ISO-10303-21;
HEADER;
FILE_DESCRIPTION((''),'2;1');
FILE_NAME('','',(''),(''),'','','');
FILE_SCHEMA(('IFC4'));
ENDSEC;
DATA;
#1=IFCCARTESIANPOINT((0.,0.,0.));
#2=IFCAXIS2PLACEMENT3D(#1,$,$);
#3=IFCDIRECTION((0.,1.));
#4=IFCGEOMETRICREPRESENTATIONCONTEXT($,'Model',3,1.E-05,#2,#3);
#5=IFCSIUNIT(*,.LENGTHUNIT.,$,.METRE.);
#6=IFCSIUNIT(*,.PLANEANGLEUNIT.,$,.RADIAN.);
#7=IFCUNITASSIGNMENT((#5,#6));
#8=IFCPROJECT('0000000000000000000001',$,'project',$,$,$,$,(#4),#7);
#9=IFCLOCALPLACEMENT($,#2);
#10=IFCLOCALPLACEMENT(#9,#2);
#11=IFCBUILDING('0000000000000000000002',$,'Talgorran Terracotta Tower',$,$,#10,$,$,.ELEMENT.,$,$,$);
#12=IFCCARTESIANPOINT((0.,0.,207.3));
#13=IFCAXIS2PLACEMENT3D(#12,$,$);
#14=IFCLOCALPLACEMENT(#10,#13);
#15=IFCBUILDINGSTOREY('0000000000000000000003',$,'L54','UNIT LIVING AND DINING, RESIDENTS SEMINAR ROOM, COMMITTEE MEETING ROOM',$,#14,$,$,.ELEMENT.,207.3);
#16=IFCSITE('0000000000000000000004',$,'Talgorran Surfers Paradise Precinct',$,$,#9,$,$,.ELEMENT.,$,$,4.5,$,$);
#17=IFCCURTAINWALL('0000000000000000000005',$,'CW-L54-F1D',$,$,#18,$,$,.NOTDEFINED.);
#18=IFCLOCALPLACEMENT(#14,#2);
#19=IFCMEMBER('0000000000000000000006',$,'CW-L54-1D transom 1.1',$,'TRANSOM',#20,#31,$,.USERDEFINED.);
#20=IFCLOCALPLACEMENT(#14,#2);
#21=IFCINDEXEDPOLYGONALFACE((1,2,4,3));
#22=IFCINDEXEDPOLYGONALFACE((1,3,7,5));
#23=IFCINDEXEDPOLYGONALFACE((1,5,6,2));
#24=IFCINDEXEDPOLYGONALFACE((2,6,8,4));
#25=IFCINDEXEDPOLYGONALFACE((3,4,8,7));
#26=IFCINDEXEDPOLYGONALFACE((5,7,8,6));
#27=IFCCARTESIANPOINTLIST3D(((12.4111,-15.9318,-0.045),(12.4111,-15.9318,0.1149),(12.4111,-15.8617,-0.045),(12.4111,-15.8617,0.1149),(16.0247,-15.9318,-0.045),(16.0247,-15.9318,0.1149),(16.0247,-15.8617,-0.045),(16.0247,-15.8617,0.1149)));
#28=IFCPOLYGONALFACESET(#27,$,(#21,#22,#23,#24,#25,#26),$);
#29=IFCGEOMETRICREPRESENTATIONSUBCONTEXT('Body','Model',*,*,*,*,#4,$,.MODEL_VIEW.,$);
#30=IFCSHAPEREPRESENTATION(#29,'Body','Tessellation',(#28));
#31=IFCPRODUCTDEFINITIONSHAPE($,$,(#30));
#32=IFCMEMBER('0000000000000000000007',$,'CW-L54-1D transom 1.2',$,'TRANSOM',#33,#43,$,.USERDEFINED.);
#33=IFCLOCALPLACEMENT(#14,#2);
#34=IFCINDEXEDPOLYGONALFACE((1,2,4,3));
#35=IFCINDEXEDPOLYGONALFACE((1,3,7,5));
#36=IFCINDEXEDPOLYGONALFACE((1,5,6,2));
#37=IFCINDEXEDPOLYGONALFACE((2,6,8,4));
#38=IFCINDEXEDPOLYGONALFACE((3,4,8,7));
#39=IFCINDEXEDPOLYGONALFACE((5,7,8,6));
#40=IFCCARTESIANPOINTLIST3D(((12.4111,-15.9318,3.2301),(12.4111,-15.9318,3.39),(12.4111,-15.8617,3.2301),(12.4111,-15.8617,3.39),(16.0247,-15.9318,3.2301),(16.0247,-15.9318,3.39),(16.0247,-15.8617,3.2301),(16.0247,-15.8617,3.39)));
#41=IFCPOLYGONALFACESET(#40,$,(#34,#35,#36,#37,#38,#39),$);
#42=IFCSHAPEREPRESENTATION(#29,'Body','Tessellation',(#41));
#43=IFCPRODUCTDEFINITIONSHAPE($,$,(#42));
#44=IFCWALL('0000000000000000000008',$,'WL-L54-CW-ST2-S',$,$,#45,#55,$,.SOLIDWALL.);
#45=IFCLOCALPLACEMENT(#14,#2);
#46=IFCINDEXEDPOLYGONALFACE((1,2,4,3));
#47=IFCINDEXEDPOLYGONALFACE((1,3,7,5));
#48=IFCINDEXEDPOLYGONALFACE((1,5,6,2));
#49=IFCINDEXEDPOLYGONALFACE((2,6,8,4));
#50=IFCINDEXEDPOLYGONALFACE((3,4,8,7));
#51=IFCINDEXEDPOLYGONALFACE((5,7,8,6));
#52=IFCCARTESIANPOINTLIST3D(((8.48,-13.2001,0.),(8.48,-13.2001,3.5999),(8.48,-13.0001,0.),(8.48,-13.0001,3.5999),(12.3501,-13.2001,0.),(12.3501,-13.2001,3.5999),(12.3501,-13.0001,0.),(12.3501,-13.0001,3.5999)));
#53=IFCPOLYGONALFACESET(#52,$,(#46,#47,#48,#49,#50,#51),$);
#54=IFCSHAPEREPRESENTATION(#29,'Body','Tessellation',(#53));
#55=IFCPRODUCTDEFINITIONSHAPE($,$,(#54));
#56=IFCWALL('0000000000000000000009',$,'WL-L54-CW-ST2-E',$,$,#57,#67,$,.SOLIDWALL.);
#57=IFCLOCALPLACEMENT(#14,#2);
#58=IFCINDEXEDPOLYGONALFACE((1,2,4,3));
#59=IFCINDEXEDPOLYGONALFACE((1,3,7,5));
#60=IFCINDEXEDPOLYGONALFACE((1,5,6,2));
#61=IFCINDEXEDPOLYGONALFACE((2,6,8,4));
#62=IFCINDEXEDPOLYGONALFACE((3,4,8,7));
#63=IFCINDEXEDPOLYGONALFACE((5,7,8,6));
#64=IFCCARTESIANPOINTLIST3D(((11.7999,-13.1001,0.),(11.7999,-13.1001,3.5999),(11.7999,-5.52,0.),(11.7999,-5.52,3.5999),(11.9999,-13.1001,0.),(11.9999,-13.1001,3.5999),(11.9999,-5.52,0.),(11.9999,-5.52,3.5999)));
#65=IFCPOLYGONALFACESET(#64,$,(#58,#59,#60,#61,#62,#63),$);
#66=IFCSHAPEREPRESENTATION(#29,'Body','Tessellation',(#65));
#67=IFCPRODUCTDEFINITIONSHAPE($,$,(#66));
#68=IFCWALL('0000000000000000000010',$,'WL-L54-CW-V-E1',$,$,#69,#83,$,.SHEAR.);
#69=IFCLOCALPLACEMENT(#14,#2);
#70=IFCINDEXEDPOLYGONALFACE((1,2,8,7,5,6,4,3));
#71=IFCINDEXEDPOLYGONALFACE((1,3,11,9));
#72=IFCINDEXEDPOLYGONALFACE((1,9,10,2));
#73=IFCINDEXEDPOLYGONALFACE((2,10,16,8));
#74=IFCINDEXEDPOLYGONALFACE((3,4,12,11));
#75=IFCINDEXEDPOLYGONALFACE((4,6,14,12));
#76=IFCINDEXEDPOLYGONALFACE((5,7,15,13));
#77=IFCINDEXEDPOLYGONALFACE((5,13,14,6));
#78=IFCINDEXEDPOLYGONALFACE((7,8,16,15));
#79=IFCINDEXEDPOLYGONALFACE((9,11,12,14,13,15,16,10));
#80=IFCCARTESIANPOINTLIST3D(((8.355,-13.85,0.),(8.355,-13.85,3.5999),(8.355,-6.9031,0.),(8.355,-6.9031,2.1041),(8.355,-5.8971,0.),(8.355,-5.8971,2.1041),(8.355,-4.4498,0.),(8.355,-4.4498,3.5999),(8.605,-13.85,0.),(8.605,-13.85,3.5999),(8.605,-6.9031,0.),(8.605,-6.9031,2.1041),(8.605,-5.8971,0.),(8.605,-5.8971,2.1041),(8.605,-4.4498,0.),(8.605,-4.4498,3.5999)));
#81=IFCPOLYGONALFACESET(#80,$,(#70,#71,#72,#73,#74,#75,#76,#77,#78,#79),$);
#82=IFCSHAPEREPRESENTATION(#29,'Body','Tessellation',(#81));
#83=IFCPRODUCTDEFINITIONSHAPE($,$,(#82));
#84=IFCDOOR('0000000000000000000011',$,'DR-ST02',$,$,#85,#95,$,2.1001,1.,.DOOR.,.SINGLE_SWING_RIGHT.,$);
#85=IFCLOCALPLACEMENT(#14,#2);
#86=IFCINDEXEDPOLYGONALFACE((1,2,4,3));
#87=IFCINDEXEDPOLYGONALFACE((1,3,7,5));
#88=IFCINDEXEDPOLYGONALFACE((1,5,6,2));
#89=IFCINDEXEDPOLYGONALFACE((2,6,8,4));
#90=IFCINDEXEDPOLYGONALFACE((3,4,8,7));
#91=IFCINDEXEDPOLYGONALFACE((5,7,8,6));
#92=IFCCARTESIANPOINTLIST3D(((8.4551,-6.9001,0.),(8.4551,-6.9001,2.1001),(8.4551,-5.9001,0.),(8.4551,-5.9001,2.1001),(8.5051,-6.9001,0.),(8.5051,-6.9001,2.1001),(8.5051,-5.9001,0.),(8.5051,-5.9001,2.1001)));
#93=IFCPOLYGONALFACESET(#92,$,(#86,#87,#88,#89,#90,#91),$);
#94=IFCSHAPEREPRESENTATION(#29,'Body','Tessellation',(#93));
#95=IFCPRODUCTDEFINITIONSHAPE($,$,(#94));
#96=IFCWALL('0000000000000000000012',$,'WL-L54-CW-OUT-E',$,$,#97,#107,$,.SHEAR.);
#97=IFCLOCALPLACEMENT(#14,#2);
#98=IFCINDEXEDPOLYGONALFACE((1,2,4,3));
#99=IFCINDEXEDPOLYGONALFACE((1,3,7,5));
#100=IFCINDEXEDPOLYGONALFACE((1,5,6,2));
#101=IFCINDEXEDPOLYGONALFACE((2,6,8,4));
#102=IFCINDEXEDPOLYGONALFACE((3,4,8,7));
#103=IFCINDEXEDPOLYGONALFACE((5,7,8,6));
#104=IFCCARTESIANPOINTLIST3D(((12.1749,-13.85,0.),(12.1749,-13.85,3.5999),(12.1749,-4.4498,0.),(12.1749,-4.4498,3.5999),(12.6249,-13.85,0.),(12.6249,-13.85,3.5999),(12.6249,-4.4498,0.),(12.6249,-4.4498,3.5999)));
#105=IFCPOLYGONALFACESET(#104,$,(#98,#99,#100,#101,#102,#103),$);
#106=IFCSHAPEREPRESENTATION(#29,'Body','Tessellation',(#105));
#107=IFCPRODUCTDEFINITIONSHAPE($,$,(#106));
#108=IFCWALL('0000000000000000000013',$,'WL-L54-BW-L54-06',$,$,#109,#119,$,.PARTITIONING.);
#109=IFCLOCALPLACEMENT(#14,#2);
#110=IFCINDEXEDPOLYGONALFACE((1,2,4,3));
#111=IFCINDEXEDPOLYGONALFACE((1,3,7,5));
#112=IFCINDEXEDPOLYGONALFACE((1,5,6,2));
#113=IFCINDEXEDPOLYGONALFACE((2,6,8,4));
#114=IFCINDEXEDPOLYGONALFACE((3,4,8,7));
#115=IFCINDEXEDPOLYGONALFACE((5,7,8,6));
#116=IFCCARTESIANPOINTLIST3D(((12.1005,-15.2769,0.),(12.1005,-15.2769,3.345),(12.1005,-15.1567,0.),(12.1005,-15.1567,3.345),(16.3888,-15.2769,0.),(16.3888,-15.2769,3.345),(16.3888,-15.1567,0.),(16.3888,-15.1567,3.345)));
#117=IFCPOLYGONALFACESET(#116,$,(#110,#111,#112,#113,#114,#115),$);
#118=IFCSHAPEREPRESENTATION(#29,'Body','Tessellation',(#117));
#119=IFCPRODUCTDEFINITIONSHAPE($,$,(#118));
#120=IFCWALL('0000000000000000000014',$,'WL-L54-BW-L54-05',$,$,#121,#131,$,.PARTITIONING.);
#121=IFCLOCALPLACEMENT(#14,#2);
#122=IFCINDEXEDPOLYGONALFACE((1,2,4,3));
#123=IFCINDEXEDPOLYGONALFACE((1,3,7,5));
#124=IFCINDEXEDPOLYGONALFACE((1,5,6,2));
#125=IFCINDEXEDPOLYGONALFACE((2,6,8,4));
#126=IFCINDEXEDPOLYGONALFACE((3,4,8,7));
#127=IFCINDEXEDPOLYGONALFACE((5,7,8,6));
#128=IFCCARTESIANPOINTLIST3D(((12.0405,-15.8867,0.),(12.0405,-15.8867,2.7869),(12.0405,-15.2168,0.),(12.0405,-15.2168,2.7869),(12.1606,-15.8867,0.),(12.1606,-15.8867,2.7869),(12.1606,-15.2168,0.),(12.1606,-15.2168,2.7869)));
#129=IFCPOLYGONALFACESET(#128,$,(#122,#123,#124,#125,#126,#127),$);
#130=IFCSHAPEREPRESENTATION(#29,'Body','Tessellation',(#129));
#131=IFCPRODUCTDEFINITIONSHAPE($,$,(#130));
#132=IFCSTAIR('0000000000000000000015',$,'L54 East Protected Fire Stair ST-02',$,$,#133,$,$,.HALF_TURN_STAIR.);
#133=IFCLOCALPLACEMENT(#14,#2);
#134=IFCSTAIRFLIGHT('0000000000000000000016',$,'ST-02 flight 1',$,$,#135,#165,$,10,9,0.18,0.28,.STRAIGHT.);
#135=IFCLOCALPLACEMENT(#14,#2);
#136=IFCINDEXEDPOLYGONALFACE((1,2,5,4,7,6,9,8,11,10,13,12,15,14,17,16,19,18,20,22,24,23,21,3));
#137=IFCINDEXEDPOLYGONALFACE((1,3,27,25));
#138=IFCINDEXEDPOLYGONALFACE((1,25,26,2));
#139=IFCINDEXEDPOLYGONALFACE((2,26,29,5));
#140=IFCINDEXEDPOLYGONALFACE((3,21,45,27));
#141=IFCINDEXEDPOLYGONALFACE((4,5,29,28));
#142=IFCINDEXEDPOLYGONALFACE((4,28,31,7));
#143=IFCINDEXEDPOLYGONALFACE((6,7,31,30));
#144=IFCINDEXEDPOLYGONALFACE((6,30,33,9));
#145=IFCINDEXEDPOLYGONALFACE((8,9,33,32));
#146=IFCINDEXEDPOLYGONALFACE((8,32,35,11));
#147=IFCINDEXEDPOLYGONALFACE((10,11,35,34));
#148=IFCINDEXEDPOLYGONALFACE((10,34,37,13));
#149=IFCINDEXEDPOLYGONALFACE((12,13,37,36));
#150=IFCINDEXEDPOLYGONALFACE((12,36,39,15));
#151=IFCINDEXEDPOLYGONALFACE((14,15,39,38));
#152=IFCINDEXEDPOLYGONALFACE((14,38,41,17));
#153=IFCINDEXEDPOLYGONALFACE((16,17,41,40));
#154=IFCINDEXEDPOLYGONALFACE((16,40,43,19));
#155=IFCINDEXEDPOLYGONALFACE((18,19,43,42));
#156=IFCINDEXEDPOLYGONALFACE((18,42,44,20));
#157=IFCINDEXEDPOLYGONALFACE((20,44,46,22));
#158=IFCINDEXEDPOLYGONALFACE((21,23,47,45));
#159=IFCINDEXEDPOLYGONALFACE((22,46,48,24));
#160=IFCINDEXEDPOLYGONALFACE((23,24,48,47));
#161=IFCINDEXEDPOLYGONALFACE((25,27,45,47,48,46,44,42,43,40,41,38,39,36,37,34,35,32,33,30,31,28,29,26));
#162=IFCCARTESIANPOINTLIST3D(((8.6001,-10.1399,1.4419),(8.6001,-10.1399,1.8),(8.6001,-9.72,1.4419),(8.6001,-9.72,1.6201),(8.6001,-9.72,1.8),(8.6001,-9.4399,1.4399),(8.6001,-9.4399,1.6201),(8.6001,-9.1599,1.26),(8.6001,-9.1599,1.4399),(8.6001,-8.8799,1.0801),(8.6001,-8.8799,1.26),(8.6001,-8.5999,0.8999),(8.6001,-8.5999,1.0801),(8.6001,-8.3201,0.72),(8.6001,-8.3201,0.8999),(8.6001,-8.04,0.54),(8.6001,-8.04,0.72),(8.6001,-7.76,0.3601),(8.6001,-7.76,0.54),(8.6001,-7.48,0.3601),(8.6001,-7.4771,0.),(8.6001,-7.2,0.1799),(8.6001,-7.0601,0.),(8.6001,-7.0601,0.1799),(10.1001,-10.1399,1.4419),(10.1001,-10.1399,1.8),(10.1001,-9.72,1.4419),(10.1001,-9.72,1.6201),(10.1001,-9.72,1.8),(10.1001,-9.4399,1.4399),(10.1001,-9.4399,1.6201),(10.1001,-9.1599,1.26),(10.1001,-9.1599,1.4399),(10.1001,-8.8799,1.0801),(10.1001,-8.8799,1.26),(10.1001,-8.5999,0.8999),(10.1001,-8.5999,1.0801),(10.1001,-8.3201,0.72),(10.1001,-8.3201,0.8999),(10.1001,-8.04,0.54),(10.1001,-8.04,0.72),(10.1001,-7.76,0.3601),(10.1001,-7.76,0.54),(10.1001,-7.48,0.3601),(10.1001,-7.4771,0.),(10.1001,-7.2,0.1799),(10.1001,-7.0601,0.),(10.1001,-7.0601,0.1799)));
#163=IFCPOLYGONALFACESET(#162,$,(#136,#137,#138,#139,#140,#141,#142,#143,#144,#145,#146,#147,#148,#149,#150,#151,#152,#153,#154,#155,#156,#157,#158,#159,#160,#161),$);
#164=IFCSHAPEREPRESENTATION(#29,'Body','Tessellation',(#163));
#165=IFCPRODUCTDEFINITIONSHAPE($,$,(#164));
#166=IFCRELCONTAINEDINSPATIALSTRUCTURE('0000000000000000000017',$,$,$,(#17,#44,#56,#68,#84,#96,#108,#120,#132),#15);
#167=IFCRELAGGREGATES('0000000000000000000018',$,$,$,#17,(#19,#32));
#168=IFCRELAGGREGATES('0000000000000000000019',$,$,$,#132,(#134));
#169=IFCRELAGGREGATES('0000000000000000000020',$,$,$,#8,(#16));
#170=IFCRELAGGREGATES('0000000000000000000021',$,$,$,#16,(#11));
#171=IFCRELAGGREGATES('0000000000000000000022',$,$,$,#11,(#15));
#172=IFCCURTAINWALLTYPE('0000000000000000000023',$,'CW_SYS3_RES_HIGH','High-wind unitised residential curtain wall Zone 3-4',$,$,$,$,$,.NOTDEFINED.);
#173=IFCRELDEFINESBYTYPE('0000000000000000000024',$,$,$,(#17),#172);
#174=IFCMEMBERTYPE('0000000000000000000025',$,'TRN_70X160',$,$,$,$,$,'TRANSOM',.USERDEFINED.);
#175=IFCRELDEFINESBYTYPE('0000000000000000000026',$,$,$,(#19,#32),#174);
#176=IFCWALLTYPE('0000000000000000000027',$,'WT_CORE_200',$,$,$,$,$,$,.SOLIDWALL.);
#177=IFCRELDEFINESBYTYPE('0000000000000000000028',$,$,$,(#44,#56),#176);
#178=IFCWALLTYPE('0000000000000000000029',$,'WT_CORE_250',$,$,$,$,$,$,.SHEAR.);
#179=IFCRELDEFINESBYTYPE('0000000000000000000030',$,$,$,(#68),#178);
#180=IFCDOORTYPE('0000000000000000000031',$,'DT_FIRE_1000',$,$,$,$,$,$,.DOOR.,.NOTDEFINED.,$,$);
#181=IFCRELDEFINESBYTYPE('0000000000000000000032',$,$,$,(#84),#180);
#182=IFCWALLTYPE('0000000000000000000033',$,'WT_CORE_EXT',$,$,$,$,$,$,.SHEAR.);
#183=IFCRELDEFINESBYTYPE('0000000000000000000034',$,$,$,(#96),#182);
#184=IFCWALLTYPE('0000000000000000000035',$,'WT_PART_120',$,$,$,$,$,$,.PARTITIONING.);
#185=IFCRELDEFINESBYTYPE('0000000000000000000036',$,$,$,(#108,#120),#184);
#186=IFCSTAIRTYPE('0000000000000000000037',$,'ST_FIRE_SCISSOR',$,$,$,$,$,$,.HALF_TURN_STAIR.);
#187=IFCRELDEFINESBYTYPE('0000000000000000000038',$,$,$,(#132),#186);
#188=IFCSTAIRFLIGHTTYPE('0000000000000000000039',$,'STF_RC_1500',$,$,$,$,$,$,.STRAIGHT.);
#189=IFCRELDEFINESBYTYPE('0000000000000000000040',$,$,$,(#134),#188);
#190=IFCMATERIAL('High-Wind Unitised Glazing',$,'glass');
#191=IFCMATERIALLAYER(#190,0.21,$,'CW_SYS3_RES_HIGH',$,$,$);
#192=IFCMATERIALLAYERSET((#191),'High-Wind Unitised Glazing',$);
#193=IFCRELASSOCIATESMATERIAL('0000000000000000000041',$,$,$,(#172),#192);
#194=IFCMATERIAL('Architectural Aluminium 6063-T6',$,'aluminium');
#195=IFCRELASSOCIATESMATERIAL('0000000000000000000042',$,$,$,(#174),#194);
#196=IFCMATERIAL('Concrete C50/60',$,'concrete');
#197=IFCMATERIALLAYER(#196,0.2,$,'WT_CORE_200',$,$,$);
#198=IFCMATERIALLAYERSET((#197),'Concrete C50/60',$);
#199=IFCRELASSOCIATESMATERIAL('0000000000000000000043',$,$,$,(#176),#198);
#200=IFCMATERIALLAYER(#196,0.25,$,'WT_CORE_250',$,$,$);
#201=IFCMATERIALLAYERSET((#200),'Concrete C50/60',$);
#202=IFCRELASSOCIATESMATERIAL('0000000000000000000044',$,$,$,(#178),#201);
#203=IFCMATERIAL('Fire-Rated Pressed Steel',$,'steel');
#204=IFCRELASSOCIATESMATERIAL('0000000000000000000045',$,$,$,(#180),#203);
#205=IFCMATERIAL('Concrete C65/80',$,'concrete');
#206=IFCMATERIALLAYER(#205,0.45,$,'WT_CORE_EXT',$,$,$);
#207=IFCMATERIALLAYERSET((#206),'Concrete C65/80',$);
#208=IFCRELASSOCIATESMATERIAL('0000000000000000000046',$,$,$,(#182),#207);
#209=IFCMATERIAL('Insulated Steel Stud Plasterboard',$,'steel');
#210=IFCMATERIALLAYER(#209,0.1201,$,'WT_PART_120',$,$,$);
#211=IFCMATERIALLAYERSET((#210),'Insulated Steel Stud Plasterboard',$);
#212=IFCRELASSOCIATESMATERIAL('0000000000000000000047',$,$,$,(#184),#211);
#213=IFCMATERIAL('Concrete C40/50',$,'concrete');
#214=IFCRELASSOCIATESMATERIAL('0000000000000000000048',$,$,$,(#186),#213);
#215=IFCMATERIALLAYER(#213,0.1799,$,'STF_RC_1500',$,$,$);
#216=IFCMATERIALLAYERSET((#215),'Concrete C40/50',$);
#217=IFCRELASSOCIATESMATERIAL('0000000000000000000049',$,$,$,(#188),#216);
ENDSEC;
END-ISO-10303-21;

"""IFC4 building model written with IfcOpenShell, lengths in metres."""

from ifc_helpers import new_model, si_unit, direction, frame, frame_2d, origin, origin_2d, place, context, subcontext, project, spatial, polyline, rectangle, outline, extrude, material, layer, layer_set, material_profile, profile_set, type_object, element, fill, aggregate, save


model = new_model("IFC4")

# Units and contexts
model_context = context("Model", 3, precision=1e-05, world=origin(), true_north=direction((0.0, 1.0)))
body_context = subcontext(model_context, "Body", "Model", "MODEL_VIEW")
ifc_project = project(units=[si_unit("LENGTHUNIT", "METRE"), si_unit("PLANEANGLEUNIT", "RADIAN")], contexts=[model_context])

# Site, building, storey
site_placement = place(None, origin())
site = spatial("IfcSite", under=ifc_project, at=site_placement, Name="Talgorran Surfers Paradise Precinct", CompositionType="ELEMENT", RefElevation=4.5)
building_placement = place(site_placement, origin())
building = spatial("IfcBuilding", under=site, at=building_placement, Name="Talgorran Terracotta Tower", CompositionType="ELEMENT")
storey_placement = place(building_placement, frame((0.0, 0.0, 207.3)))
storey = spatial("IfcBuildingStorey", under=building, at=storey_placement, Name="L54", Description="UNIT LIVING AND DINING, RESIDENTS SEMINAR ROOM, COMMITTEE MEETING ROOM", CompositionType="ELEMENT", Elevation=207.3)

# Shared definitions
ifc_material_1 = material(Name="High-Wind Unitised Glazing", Category="glass")
ifc_layer_1 = layer(ifc_material_1, 0.21, Name="CW_SYS3_RES_HIGH")
ifc_layer_set_1 = layer_set([ifc_layer_1], Name="High-Wind Unitised Glazing")
curtain_wall_type = type_object("IfcCurtainWallType", Name="CW_SYS3_RES_HIGH", Description="High-wind unitised residential curtain wall Zone 3-4", PredefinedType="NOTDEFINED", material=ifc_layer_set_1)
ifc_material_2 = material(Name="Architectural Aluminium 6063-T6", Category="aluminium")

# Curtain wall, members
curtain_wall_1_placement = place(storey_placement, origin())
curtain_wall_1 = element("IfcCurtainWall", 1, at=curtain_wall_1_placement, inside=storey, type_object=curtain_wall_type, Name="CW-L54-F1D", PredefinedType="NOTDEFINED")
ifc_material_profile_1 = material_profile(ifc_material_2, rectangle(XDim=0.0701, YDim=0.1599, at=origin_2d()), Name="CWT70X160")
ifc_profile_set_1 = profile_set([ifc_material_profile_1], Name="Architectural Aluminium 6063-T6")
member_type_1 = type_object("IfcMemberType", Name="TRN_70X160", ElementType="TRANSOM", PredefinedType="USERDEFINED", material=ifc_profile_set_1)
member_1_placement = place(storey_placement, frame((12.4111, -15.8967, 0.0349), z_axis=(1.0, 0.0, 0.0), x_axis=(0.0, 1.0, 0.0)))
member_1 = element("IfcMember", 2, at=member_1_placement, type_object=member_type_1, Name="CW-L54-1D transom 1.1", ObjectType="TRANSOM", PredefinedType="USERDEFINED", context=body_context, shape_type="SweptSolid", body=[
    extrude(rectangle(XDim=0.0701, YDim=0.1599, at=origin_2d()), origin(), (0.0, 0.0, 1.0), 3.6135),
])
member_2_placement = place(storey_placement, frame((12.4111, -15.8967, 3.3101), z_axis=(1.0, 0.0, 0.0), x_axis=(0.0, 1.0, 0.0)))
member_2 = element("IfcMember", 3, at=member_2_placement, type_object=member_type_1, Name="CW-L54-1D transom 1.2", ObjectType="TRANSOM", PredefinedType="USERDEFINED", context=body_context, shape_type="SweptSolid", body=[
    extrude(rectangle(XDim=0.0701, YDim=0.1599, at=origin_2d()), origin(), (0.0, 0.0, 1.0), 3.6135),
])
aggregate(curtain_wall_1, [member_1, member_2])

# Walls
ifc_material_3 = material(Name="Concrete C50/60", Category="concrete")
ifc_layer_2 = layer(ifc_material_3, 0.2, Name="WT_CORE_200")
ifc_layer_set_2 = layer_set([ifc_layer_2], Name="Concrete C50/60")
wall_type_1 = type_object("IfcWallType", Name="WT_CORE_200", PredefinedType="SOLIDWALL", material=ifc_layer_set_2)
wall_1_placement = place(storey_placement, frame((8.48, -13.1001, 0.0), z_axis=(0.0, 0.0, 1.0), x_axis=(1.0, 0.0, 0.0)))
element("IfcWall", 4, at=wall_1_placement, inside=storey, type_object=wall_type_1, Name="WL-L54-CW-ST2-S", PredefinedType="SOLIDWALL", context=body_context, shape_type="SweptSolid", body=[
    extrude(rectangle(XDim=3.8701, YDim=0.2, at=frame_2d((1.9351, 0.0))), origin(), (0.0, 0.0, 1.0), 3.5999),
])
wall_2_placement = place(storey_placement, frame((11.8999, -13.1001, 0.0), z_axis=(0.0, 0.0, 1.0), x_axis=(0.0, 1.0, 0.0)))
element("IfcWall", 5, at=wall_2_placement, inside=storey, type_object=wall_type_1, Name="WL-L54-CW-ST2-E", PredefinedType="SOLIDWALL", context=body_context, shape_type="SweptSolid", body=[
    extrude(rectangle(XDim=7.5801, YDim=0.2, at=frame_2d((3.79, 0.0))), origin(), (0.0, 0.0, 1.0), 3.5999),
])

# Wall, opening, door
ifc_layer_3 = layer(ifc_material_3, 0.25, Name="WT_CORE_250")
ifc_layer_set_3 = layer_set([ifc_layer_3], Name="Concrete C50/60")
wall_type_2 = type_object("IfcWallType", Name="WT_CORE_250", PredefinedType="SHEAR", material=ifc_layer_set_3)
wall_3_placement = place(storey_placement, frame((8.48, -13.8501, 0.0), z_axis=(0.0, 0.0, 1.0), x_axis=(0.0, 1.0, 0.0)))
wall_3 = element("IfcWall", 6, at=wall_3_placement, inside=storey, type_object=wall_type_2, Name="WL-L54-CW-V-E1", PredefinedType="SHEAR", context=body_context, shape_type="SweptSolid", body=[
    extrude(rectangle(XDim=9.4001, YDim=0.25, at=frame_2d((4.7002, 0.0))), origin(), (0.0, 0.0, 1.0), 3.5999),
])
opening_placement = place(wall_3_placement, frame((6.95, 0.0, 0.0)))
opening = element("IfcOpeningElement", 7, at=opening_placement, cuts=wall_3, PredefinedType="OPENING", context=body_context, shape_type="SweptSolid", body=[
    extrude(rectangle(XDim=1.006, YDim=2.1041, at=frame_2d((0.5, 1.052))), frame((0.0, 0.135, 0.0), z_axis=(0.0, -1.0, 0.0), x_axis=(1.0, 0.0, 0.0)), (0.0, 0.0, 1.0), 0.27),
])
ifc_material_4 = material(Name="Fire-Rated Pressed Steel", Category="steel")
door_type = type_object("IfcDoorType", Name="DT_FIRE_1000", OperationType="NOTDEFINED", PredefinedType="DOOR", material=ifc_material_4)
door_placement = place(opening_placement, origin())
door = element("IfcDoor", 8, at=door_placement, inside=storey, type_object=door_type, Name="DR-ST02", OperationType="SINGLE_SWING_RIGHT", OverallHeight=2.1001, OverallWidth=1.0, PredefinedType="DOOR", context=body_context, shape_type="SweptSolid", body=[
    extrude(rectangle(XDim=1.0, YDim=2.1001, at=frame_2d((0.5, 1.05))), frame((0.0, 0.0249, 0.0), z_axis=(0.0, -1.0, 0.0), x_axis=(1.0, 0.0, 0.0)), (0.0, 0.0, 1.0), 0.05),
])
fill(opening, door)

# Walls
ifc_material_5 = material(Name="Concrete C65/80", Category="concrete")
ifc_layer_4 = layer(ifc_material_5, 0.45, Name="WT_CORE_EXT")
ifc_layer_set_4 = layer_set([ifc_layer_4], Name="Concrete C65/80")
wall_type_3 = type_object("IfcWallType", Name="WT_CORE_EXT", PredefinedType="SHEAR", material=ifc_layer_set_4)
wall_4_placement = place(storey_placement, frame((12.3999, -13.8501, 0.0), z_axis=(0.0, 0.0, 1.0), x_axis=(0.0, 1.0, 0.0)))
element("IfcWall", 9, at=wall_4_placement, inside=storey, type_object=wall_type_3, Name="WL-L54-CW-OUT-E", PredefinedType="SHEAR", context=body_context, shape_type="SweptSolid", body=[
    extrude(rectangle(XDim=9.4001, YDim=0.45, at=frame_2d((4.7002, 0.0))), origin(), (0.0, 0.0, 1.0), 3.5999),
])
ifc_material_6 = material(Name="Insulated Steel Stud Plasterboard", Category="steel")
ifc_layer_5 = layer(ifc_material_6, 0.1201, Name="WT_PART_120")
ifc_layer_set_5 = layer_set([ifc_layer_5], Name="Insulated Steel Stud Plasterboard")
wall_type_4 = type_object("IfcWallType", Name="WT_PART_120", PredefinedType="PARTITIONING", material=ifc_layer_set_5)
wall_5_placement = place(storey_placement, frame((12.1006, -15.2168, 0.0), z_axis=(0.0, 0.0, 1.0), x_axis=(1.0, 0.0, 0.0)))
element("IfcWall", 10, at=wall_5_placement, inside=storey, type_object=wall_type_4, Name="WL-L54-BW-L54-06", PredefinedType="PARTITIONING", context=body_context, shape_type="SweptSolid", body=[
    extrude(rectangle(XDim=4.2883, YDim=0.1201, at=frame_2d((2.144, 0.0))), origin(), (0.0, 0.0, 1.0), 3.345),
])
wall_6_placement = place(storey_placement, frame((12.1006, -15.8867, 0.0), z_axis=(0.0, 0.0, 1.0), x_axis=(0.0, 1.0, 0.0)))
element("IfcWall", 11, at=wall_6_placement, inside=storey, type_object=wall_type_4, Name="WL-L54-BW-L54-05", PredefinedType="PARTITIONING", context=body_context, shape_type="SweptSolid", body=[
    extrude(rectangle(XDim=0.6699, YDim=0.1201, at=frame_2d((0.335, 0.0))), origin(), (0.0, 0.0, 1.0), 2.7869),
])

# Stair, stair flight
ifc_material_7 = material(Name="Concrete C40/50", Category="concrete")
stair_type = type_object("IfcStairType", Name="ST_FIRE_SCISSOR", PredefinedType="HALF_TURN_STAIR", material=ifc_material_7)
stair_placement = place(storey_placement, origin())
stair = element("IfcStair", 12, at=stair_placement, inside=storey, type_object=stair_type, Name="L54 East Protected Fire Stair ST-02", PredefinedType="HALF_TURN_STAIR")
ifc_layer_6 = layer(ifc_material_7, 0.1799, Name="STF_RC_1500")
ifc_layer_set_6 = layer_set([ifc_layer_6], Name="Concrete C40/50")
stair_flight_type = type_object("IfcStairFlightType", Name="STF_RC_1500", PredefinedType="STRAIGHT", material=ifc_layer_set_6)
stair_flight_1_placement = place(storey_placement, frame((9.3501, -7.2, 0.0), z_axis=(0.0, 0.0, 1.0), x_axis=(0.0, -1.0, 0.0)))
stair_flight_1 = element("IfcStairFlight", 13, at=stair_flight_1_placement, type_object=stair_flight_type, Name="ST-02 flight 1", NumberOfRisers=10, NumberOfTreads=9, PredefinedType="STRAIGHT", RiserHeight=0.18, TreadLength=0.28, context=body_context, shape_type="SweptSolid", body=[
    extrude(outline(polyline([(-0.1399, 0.0), (-0.1399, 0.1799), (0.0, 0.1799), (0.28, 0.3601), (0.5601, 0.3601), (0.5601, 0.54), (0.8401, 0.54), (0.8401, 0.72), (1.1201, 0.72), (1.1201, 0.8999), (1.3999, 0.8999), (1.3999, 1.0801), (1.6799, 1.0801), (1.6799, 1.26), (1.96, 1.26), (1.96, 1.4399), (2.24, 1.4399), (2.24, 1.6201), (2.52, 1.6201), (2.52, 1.8), (2.9399, 1.8), (2.9399, 1.4419), (2.52, 1.4419), (0.2771, 0.0), (-0.1399, 0.0)])), frame((0.0, 0.75, 0.0), z_axis=(0.0, -1.0, 0.0), x_axis=(1.0, 0.0, 0.0)), (0.0, 0.0, 1.0), 1.5),
])
aggregate(stair, [stair_flight_1])

save(model, "model.ifc")
